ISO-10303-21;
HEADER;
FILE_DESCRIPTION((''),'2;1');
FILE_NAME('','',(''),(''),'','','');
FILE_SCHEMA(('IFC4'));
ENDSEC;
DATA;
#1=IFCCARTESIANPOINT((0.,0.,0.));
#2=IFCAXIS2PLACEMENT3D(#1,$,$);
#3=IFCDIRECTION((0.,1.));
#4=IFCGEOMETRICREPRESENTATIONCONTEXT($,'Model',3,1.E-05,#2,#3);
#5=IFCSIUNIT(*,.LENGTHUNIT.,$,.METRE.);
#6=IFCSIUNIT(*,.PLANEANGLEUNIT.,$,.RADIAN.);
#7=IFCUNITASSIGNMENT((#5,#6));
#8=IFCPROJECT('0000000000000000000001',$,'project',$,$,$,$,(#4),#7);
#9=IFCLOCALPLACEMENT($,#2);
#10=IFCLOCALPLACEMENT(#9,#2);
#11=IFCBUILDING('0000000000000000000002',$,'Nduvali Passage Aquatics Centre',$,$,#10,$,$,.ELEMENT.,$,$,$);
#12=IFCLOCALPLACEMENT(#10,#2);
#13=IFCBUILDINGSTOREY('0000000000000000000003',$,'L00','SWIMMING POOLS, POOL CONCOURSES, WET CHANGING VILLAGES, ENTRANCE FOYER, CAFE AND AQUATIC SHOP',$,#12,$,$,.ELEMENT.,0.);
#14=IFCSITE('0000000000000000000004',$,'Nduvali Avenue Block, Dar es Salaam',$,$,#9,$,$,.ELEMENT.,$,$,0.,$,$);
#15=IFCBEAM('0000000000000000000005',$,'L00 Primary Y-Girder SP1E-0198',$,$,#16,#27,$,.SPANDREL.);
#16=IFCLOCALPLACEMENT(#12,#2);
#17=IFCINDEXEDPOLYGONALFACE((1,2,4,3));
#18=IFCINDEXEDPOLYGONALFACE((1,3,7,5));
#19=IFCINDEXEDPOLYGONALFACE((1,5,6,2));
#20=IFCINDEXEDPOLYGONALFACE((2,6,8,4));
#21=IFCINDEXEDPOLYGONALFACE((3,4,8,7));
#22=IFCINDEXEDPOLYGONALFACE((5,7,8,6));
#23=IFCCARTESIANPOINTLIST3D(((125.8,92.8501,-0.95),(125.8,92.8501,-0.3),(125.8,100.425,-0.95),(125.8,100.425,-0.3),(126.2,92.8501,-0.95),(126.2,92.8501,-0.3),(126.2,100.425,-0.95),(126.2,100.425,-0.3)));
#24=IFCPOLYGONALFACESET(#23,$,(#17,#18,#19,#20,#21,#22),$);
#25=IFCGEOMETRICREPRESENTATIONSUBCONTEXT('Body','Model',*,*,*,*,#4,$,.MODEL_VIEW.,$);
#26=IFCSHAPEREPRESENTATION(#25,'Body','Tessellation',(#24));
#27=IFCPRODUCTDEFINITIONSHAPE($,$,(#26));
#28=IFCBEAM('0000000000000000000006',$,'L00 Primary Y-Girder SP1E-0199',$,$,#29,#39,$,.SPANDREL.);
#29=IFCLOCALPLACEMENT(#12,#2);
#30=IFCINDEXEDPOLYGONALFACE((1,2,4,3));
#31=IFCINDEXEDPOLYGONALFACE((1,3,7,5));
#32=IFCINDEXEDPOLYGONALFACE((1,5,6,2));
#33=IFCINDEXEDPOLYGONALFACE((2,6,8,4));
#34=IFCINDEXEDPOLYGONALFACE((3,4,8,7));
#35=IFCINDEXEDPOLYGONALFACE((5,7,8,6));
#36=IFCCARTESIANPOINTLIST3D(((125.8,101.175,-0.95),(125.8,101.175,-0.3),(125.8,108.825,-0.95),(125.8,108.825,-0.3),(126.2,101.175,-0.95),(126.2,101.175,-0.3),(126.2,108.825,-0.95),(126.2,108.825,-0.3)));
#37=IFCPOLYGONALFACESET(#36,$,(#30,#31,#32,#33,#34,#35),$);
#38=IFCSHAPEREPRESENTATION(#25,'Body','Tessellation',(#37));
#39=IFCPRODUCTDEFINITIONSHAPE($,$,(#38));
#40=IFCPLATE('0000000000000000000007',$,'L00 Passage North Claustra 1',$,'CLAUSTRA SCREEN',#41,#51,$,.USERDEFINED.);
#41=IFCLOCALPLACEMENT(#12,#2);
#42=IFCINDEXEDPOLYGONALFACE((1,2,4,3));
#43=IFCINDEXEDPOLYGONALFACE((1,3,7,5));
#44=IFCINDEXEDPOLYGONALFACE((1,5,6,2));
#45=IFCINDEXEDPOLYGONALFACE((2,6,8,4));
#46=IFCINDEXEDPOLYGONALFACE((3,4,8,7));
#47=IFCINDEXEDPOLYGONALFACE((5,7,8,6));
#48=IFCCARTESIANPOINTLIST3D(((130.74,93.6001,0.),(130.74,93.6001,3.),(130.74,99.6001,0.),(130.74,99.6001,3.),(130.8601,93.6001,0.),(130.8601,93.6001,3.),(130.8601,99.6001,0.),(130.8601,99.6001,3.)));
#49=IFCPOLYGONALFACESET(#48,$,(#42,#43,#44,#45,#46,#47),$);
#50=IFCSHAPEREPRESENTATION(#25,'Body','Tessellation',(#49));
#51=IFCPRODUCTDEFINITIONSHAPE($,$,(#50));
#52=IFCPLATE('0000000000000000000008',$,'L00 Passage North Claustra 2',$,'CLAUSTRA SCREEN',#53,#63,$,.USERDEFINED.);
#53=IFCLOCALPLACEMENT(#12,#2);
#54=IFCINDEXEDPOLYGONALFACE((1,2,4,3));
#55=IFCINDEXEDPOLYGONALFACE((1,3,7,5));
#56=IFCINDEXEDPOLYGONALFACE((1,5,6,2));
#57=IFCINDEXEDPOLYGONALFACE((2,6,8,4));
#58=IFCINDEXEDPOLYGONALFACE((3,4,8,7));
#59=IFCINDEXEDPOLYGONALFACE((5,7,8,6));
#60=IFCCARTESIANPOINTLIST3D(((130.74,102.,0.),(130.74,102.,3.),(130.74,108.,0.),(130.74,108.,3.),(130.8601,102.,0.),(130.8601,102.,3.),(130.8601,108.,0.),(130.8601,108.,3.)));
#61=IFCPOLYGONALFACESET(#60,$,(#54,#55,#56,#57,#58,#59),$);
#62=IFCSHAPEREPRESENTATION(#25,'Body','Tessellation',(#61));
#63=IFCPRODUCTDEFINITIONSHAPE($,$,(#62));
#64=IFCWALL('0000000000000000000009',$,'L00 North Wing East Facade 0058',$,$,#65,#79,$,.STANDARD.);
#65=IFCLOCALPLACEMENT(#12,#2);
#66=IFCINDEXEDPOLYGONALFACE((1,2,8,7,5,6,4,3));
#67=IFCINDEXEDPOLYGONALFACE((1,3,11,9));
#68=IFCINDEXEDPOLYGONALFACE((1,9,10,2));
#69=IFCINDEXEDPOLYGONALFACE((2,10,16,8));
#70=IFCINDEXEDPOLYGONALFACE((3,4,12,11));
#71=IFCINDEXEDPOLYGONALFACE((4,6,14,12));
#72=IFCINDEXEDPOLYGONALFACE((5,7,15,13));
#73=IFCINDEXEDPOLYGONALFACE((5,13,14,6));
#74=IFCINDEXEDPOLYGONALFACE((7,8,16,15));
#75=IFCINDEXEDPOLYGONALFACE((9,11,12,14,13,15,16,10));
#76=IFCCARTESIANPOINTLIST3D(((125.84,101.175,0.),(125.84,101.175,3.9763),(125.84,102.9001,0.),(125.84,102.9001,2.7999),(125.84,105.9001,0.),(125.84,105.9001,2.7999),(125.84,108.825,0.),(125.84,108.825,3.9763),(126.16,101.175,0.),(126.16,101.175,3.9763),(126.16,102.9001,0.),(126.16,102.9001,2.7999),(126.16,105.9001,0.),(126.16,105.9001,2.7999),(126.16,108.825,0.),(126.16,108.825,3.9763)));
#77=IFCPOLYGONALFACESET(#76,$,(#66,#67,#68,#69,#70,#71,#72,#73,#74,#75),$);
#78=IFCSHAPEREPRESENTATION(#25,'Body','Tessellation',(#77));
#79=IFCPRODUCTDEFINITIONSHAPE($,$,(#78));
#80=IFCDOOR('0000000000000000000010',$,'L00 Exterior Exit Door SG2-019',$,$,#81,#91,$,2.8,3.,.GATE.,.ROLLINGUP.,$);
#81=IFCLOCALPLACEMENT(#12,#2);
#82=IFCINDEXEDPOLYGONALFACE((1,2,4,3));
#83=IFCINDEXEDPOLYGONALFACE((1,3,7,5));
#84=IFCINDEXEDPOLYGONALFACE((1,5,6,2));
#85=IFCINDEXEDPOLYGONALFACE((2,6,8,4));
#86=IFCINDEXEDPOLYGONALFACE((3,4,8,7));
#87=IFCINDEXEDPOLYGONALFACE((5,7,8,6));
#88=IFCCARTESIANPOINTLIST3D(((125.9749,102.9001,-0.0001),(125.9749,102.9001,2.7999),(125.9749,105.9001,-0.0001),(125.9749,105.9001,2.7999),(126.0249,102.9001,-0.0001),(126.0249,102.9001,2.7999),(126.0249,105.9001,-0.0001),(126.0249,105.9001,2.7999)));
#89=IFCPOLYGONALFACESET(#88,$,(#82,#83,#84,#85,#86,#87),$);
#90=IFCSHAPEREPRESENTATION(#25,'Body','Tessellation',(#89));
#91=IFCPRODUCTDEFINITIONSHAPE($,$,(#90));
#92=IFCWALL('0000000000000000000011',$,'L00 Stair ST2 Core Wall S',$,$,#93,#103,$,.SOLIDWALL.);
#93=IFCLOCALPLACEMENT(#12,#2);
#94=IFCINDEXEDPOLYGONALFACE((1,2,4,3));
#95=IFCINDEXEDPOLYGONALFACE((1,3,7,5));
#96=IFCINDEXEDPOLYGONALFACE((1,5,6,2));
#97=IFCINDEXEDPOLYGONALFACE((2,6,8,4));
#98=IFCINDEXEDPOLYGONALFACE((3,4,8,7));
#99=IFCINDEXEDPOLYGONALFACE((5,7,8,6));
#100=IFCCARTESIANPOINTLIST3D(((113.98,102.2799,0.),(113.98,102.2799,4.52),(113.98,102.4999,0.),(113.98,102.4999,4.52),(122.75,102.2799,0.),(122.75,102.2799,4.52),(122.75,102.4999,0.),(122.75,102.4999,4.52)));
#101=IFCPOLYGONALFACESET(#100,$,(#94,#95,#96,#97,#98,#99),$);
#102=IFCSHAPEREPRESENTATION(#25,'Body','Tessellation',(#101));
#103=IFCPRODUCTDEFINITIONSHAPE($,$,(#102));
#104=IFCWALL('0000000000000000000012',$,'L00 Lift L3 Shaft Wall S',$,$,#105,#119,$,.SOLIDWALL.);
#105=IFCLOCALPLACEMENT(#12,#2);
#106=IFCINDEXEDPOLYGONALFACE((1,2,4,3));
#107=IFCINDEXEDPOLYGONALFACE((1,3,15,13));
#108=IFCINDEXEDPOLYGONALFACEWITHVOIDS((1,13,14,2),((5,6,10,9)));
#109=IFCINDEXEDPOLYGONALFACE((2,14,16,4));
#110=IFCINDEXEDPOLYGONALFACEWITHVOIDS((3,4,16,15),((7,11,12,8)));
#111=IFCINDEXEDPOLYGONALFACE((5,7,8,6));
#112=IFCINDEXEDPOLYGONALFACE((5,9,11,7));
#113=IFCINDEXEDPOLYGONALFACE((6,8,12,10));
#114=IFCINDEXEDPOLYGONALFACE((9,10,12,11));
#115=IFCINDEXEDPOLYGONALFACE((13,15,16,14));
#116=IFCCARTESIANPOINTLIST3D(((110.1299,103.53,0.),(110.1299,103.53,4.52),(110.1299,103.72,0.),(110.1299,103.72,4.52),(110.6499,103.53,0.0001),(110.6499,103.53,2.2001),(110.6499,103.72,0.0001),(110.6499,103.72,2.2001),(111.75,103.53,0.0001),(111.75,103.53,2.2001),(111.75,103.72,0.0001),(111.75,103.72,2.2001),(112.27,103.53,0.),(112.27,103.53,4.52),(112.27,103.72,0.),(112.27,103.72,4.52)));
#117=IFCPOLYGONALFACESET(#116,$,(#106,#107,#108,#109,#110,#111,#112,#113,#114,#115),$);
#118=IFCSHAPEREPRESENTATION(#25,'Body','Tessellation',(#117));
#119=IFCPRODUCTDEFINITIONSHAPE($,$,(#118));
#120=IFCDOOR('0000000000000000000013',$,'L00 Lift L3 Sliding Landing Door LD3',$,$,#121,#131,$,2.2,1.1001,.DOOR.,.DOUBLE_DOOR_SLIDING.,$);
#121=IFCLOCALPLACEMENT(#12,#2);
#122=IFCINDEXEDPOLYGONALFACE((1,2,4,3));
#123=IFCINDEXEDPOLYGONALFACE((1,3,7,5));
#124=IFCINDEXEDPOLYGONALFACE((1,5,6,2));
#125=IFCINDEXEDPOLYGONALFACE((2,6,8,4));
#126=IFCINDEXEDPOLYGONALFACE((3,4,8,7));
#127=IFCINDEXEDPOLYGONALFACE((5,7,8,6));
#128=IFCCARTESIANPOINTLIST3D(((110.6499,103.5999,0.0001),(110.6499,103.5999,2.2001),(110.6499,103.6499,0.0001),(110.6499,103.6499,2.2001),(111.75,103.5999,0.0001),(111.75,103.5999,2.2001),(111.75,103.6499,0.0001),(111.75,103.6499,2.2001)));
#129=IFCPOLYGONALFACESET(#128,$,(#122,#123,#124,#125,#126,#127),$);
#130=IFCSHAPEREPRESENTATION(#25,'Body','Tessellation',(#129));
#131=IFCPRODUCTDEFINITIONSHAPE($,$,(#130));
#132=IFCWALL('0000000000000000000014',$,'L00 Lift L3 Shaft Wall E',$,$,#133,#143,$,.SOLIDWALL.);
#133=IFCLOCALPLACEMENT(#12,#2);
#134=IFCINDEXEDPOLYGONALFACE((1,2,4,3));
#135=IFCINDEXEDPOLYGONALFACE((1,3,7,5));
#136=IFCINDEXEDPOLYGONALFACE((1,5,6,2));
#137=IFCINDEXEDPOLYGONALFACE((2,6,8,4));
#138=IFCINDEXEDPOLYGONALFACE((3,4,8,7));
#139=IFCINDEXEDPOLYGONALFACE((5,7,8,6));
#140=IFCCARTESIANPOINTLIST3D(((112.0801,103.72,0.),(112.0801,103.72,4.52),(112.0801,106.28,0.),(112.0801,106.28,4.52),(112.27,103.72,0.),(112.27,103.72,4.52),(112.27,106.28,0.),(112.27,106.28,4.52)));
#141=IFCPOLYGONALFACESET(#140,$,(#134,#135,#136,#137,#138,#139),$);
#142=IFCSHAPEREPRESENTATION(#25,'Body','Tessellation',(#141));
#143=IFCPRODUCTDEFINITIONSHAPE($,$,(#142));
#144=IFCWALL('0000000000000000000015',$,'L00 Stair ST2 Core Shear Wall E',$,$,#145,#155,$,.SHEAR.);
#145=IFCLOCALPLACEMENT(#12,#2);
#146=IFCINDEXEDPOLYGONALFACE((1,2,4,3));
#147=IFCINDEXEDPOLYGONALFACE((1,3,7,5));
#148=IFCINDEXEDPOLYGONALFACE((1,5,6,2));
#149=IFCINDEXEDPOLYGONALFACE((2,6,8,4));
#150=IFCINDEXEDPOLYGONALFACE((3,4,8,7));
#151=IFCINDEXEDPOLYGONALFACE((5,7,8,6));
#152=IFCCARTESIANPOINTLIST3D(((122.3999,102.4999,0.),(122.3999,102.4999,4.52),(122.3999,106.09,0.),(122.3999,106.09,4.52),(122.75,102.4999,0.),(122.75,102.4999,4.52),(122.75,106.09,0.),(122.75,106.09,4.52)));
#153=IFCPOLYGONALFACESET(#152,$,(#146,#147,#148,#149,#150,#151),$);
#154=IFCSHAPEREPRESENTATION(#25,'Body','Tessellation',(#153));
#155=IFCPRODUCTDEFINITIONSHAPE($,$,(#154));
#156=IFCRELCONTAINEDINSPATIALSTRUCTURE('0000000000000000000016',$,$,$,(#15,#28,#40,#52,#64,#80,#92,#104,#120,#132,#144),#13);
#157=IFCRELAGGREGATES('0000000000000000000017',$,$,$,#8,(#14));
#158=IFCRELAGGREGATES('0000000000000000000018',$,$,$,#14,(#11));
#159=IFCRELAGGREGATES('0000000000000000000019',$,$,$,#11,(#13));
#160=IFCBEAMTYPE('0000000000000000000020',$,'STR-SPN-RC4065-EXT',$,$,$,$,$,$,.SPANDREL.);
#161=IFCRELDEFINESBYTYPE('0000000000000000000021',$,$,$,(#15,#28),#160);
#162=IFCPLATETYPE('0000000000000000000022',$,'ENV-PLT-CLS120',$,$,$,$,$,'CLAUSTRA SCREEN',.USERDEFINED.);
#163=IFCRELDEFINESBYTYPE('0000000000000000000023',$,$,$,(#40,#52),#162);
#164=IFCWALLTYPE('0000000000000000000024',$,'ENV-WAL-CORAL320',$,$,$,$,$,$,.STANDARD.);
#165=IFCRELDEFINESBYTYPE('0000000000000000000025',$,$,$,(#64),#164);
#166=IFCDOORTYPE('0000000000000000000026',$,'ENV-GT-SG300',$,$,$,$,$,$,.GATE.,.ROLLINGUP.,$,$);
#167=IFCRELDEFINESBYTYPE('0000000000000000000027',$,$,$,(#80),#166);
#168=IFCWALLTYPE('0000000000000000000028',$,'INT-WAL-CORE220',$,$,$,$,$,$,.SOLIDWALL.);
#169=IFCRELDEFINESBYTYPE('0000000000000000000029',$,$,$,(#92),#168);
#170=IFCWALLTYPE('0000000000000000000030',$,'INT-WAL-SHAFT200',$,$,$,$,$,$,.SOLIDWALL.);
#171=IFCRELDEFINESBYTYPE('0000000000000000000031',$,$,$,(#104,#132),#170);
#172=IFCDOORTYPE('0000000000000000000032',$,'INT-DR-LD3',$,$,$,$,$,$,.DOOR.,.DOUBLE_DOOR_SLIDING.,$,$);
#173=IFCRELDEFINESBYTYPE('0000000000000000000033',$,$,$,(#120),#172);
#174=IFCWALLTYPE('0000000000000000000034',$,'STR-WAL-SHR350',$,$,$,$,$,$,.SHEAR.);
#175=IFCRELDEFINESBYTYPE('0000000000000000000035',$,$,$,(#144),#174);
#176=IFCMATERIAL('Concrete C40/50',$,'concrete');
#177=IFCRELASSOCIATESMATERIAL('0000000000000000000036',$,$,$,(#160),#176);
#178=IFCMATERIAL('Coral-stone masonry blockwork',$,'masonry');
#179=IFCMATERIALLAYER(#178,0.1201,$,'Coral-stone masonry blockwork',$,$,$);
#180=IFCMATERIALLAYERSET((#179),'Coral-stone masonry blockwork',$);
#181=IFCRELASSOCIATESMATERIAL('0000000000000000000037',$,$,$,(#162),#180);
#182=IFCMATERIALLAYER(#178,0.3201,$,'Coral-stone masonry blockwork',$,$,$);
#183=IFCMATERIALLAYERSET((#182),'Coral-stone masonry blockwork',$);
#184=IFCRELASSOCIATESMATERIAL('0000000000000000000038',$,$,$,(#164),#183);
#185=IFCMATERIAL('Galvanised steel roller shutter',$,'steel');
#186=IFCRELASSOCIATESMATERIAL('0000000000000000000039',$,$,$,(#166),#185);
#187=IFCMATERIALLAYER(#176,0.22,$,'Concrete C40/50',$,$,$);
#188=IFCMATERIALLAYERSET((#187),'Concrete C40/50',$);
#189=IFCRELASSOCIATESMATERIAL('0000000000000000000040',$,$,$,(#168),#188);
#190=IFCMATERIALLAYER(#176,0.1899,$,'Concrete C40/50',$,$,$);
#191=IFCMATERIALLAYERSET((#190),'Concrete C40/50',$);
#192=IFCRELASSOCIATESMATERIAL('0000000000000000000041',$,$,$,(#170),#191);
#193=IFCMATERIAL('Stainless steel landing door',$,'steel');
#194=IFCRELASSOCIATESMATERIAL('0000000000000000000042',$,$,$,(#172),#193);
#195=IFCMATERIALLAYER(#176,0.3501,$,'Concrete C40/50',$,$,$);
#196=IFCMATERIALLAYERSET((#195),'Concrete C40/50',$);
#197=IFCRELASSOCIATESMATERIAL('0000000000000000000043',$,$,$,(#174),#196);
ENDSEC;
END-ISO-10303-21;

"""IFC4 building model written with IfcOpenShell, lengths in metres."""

from ifc_helpers import new_model, si_unit, direction, frame, frame_2d, origin, origin_2d, place, context, subcontext, project, spatial, rectangle, extrude, material, layer, layer_set, material_profile, profile_set, type_object, element, fill, save


model = new_model("IFC4")

# Units and contexts
model_context = context("Model", 3, precision=1e-05, world=origin(), true_north=direction((0.0, 1.0)))
body_context = subcontext(model_context, "Body", "Model", "MODEL_VIEW")
ifc_project = project(units=[si_unit("LENGTHUNIT", "METRE"), si_unit("PLANEANGLEUNIT", "RADIAN")], contexts=[model_context])

# Site, building, storey
site_placement = place(None, origin())
site = spatial("IfcSite", under=ifc_project, at=site_placement, Name="Nduvali Avenue Block, Dar es Salaam", CompositionType="ELEMENT", RefElevation=0.0)
building_placement = place(site_placement, origin())
building = spatial("IfcBuilding", under=site, at=building_placement, Name="Nduvali Passage Aquatics Centre", CompositionType="ELEMENT")
storey_placement = place(building_placement, origin())
storey = spatial("IfcBuildingStorey", under=building, at=storey_placement, Name="L00", Description="SWIMMING POOLS, POOL CONCOURSES, WET CHANGING VILLAGES, ENTRANCE FOYER, CAFE AND AQUATIC SHOP", CompositionType="ELEMENT", Elevation=0.0)

# Shared definitions
ifc_material_1 = material(Name="Concrete C40/50", Category="concrete")

# Beams
ifc_material_profile_1 = material_profile(ifc_material_1, rectangle(XDim=0.3999, YDim=0.6499, at=origin_2d()), Name="RC 400x650")
ifc_profile_set_1 = profile_set([ifc_material_profile_1], Name="Concrete C40/50")
beam_type_1 = type_object("IfcBeamType", Name="STR-SPN-RC4065-EXT", PredefinedType="SPANDREL", material=ifc_profile_set_1)
beam_1_placement = place(storey_placement, frame((126.0, 92.8501, -0.625), z_axis=(0.0, 1.0, 0.0), x_axis=(-1.0, 0.0, 0.0)))
element("IfcBeam", 1, at=beam_1_placement, inside=storey, type_object=beam_type_1, Name="L00 Primary Y-Girder SP1E-0198", PredefinedType="SPANDREL", context=body_context, shape_type="SweptSolid", body=[
    extrude(rectangle(XDim=0.3999, YDim=0.6499, at=origin_2d()), origin(), (0.0, 0.0, 1.0), 7.575),
])
beam_2_placement = place(storey_placement, frame((126.0, 101.175, -0.625), z_axis=(0.0, 1.0, 0.0), x_axis=(-1.0, 0.0, 0.0)))
element("IfcBeam", 2, at=beam_2_placement, inside=storey, type_object=beam_type_1, Name="L00 Primary Y-Girder SP1E-0199", PredefinedType="SPANDREL", context=body_context, shape_type="SweptSolid", body=[
    extrude(rectangle(XDim=0.3999, YDim=0.6499, at=origin_2d()), origin(), (0.0, 0.0, 1.0), 7.6499),
])

# Plates
ifc_material_2 = material(Name="Coral-stone masonry blockwork", Category="masonry")
ifc_layer_1 = layer(ifc_material_2, 0.1201, Name="Coral-stone masonry blockwork")
ifc_layer_set_1 = layer_set([ifc_layer_1], Name="Coral-stone masonry blockwork")
plate_type = type_object("IfcPlateType", Name="ENV-PLT-CLS120", ElementType="CLAUSTRA SCREEN", PredefinedType="USERDEFINED", material=ifc_layer_set_1)
for number, where, z_axis, x_axis, name in (
    (3, (130.8, 96.6001, 0.0), (0.0, 0.0, 1.0), (0.0, 1.0, 0.0), "L00 Passage North Claustra 1"),
    (4, (130.8, 105.0, 0.0), (0.0, 0.0, 1.0), (0.0, 1.0, 0.0), "L00 Passage North Claustra 2"),
):
    element("IfcPlate", number, at=place(storey_placement, frame(where, z_axis=z_axis, x_axis=x_axis)), inside=storey, type_object=plate_type, Name=name, ObjectType="CLAUSTRA SCREEN", PredefinedType="USERDEFINED", context=body_context, shape_type="SweptSolid", body=[
        extrude(rectangle(XDim=6.0, YDim=0.1201, at=origin_2d()), origin(), (0.0, 0.0, 1.0), 3.0),
    ])

# Wall, opening, door
ifc_layer_2 = layer(ifc_material_2, 0.3201, Name="Coral-stone masonry blockwork")
ifc_layer_set_2 = layer_set([ifc_layer_2], Name="Coral-stone masonry blockwork")
wall_type_1 = type_object("IfcWallType", Name="ENV-WAL-CORAL320", PredefinedType="STANDARD", material=ifc_layer_set_2)
wall_1_placement = place(storey_placement, frame((126.0, 101.175, 0.0), z_axis=(0.0, 0.0, 1.0), x_axis=(0.0, 1.0, 0.0)))
wall_1 = element("IfcWall", 5, at=wall_1_placement, inside=storey, type_object=wall_type_1, Name="L00 North Wing East Facade 0058", PredefinedType="STANDARD", context=body_context, shape_type="SweptSolid", body=[
    extrude(rectangle(XDim=7.6499, YDim=0.3201, at=frame_2d((3.825, 0.0))), origin(), (0.0, 0.0, 1.0), 3.9763),
])
opening_1_placement = place(wall_1_placement, frame((1.7251, 0.0, 0.0)))
opening_1 = element("IfcOpeningElement", 6, at=opening_1_placement, cuts=wall_1, PredefinedType="OPENING", context=body_context, shape_type="SweptSolid", body=[
    extrude(rectangle(XDim=3.0, YDim=2.8, at=frame_2d((1.5, 1.3999))), frame((0.0, 0.1748, 0.0), z_axis=(0.0, -1.0, 0.0), x_axis=(1.0, 0.0, 0.0)), (0.0, 0.0, 1.0), 0.3499),
])
ifc_material_3 = material(Name="Galvanised steel roller shutter", Category="steel")
door_type_1 = type_object("IfcDoorType", Name="ENV-GT-SG300", OperationType="ROLLINGUP", PredefinedType="GATE", material=ifc_material_3)
door_1_placement = place(opening_1_placement, frame((3.0, 0.0, 0.0), z_axis=(0.0, 0.0, 1.0), x_axis=(-1.0, 0.0, 0.0)))
door_1 = element("IfcDoor", 7, at=door_1_placement, inside=storey, type_object=door_type_1, Name="L00 Exterior Exit Door SG2-019", OperationType="ROLLINGUP", OverallHeight=2.8, OverallWidth=3.0, PredefinedType="GATE", context=body_context, shape_type="SweptSolid", body=[
    extrude(rectangle(XDim=3.0, YDim=2.8, at=frame_2d((1.5, 1.3999))), frame((0.0, 0.0249, 0.0), z_axis=(0.0, -1.0, 0.0), x_axis=(1.0, 0.0, 0.0)), (0.0, 0.0, 1.0), 0.05),
])
fill(opening_1, door_1)

# Wall
ifc_layer_3 = layer(ifc_material_1, 0.22, Name="Concrete C40/50")
ifc_layer_set_3 = layer_set([ifc_layer_3], Name="Concrete C40/50")
wall_type_2 = type_object("IfcWallType", Name="INT-WAL-CORE220", PredefinedType="SOLIDWALL", material=ifc_layer_set_3)
wall_2_placement = place(storey_placement, frame((113.98, 102.3899, 0.0), z_axis=(0.0, 0.0, 1.0), x_axis=(1.0, 0.0, 0.0)))
element("IfcWall", 8, at=wall_2_placement, inside=storey, type_object=wall_type_2, Name="L00 Stair ST2 Core Wall S", PredefinedType="SOLIDWALL", context=body_context, shape_type="SweptSolid", body=[
    extrude(rectangle(XDim=8.77, YDim=0.22, at=frame_2d((4.385, 0.0))), origin(), (0.0, 0.0, 1.0), 4.52),
])

# Wall, opening, door
ifc_layer_4 = layer(ifc_material_1, 0.1899, Name="Concrete C40/50")
ifc_layer_set_4 = layer_set([ifc_layer_4], Name="Concrete C40/50")
wall_type_3 = type_object("IfcWallType", Name="INT-WAL-SHAFT200", PredefinedType="SOLIDWALL", material=ifc_layer_set_4)
wall_3_placement = place(storey_placement, frame((110.1299, 103.625, 0.0), z_axis=(0.0, 0.0, 1.0), x_axis=(1.0, 0.0, 0.0)))
wall_3 = element("IfcWall", 9, at=wall_3_placement, inside=storey, type_object=wall_type_3, Name="L00 Lift L3 Shaft Wall S", PredefinedType="SOLIDWALL", context=body_context, shape_type="SweptSolid", body=[
    extrude(rectangle(XDim=2.1401, YDim=0.1899, at=frame_2d((1.0701, 0.0))), origin(), (0.0, 0.0, 1.0), 4.52),
])
opening_2_placement = place(wall_3_placement, frame((0.52, 0.0, 0.0)))
opening_2 = element("IfcOpeningElement", 10, at=opening_2_placement, cuts=wall_3, PredefinedType="OPENING", context=body_context, shape_type="SweptSolid", body=[
    extrude(rectangle(XDim=1.1001, YDim=2.2, at=frame_2d((0.55, 1.1001))), frame((0.0, 0.1099, 0.0), z_axis=(0.0, -1.0, 0.0), x_axis=(1.0, 0.0, 0.0)), (0.0, 0.0, 1.0), 0.2197),
])
ifc_material_4 = material(Name="Stainless steel landing door", Category="steel")
door_type_2 = type_object("IfcDoorType", Name="INT-DR-LD3", OperationType="DOUBLE_DOOR_SLIDING", PredefinedType="DOOR", material=ifc_material_4)
door_2_placement = place(opening_2_placement, origin())
door_2 = element("IfcDoor", 11, at=door_2_placement, inside=storey, type_object=door_type_2, Name="L00 Lift L3 Sliding Landing Door LD3", OperationType="DOUBLE_DOOR_SLIDING", OverallHeight=2.2, OverallWidth=1.1001, PredefinedType="DOOR", context=body_context, shape_type="SweptSolid", body=[
    extrude(rectangle(XDim=1.1001, YDim=2.2, at=frame_2d((0.55, 1.1001))), frame((0.0, 0.0249, 0.0), z_axis=(0.0, -1.0, 0.0), x_axis=(1.0, 0.0, 0.0)), (0.0, 0.0, 1.0), 0.05),
])
fill(opening_2, door_2)

# Walls
wall_4_placement = place(storey_placement, frame((112.175, 103.72, 0.0), z_axis=(0.0, 0.0, 1.0), x_axis=(0.0, 1.0, 0.0)))
element("IfcWall", 12, at=wall_4_placement, inside=storey, type_object=wall_type_3, Name="L00 Lift L3 Shaft Wall E", PredefinedType="SOLIDWALL", context=body_context, shape_type="SweptSolid", body=[
    extrude(rectangle(XDim=2.5601, YDim=0.1899, at=frame_2d((1.28, 0.0))), origin(), (0.0, 0.0, 1.0), 4.52),
])
ifc_layer_5 = layer(ifc_material_1, 0.3501, Name="Concrete C40/50")
ifc_layer_set_5 = layer_set([ifc_layer_5], Name="Concrete C40/50")
wall_type_4 = type_object("IfcWallType", Name="STR-WAL-SHR350", PredefinedType="SHEAR", material=ifc_layer_set_5)
wall_5_placement = place(storey_placement, frame((122.575, 102.5, 0.0), z_axis=(0.0, 0.0, 1.0), x_axis=(0.0, 1.0, 0.0)))
element("IfcWall", 13, at=wall_5_placement, inside=storey, type_object=wall_type_4, Name="L00 Stair ST2 Core Shear Wall E", PredefinedType="SHEAR", context=body_context, shape_type="SweptSolid", body=[
    extrude(rectangle(XDim=3.5901, YDim=0.3501, at=frame_2d((1.7949, 0.0))), origin(), (0.0, 0.0, 1.0), 4.52),
])

save(model, "model.ifc")
